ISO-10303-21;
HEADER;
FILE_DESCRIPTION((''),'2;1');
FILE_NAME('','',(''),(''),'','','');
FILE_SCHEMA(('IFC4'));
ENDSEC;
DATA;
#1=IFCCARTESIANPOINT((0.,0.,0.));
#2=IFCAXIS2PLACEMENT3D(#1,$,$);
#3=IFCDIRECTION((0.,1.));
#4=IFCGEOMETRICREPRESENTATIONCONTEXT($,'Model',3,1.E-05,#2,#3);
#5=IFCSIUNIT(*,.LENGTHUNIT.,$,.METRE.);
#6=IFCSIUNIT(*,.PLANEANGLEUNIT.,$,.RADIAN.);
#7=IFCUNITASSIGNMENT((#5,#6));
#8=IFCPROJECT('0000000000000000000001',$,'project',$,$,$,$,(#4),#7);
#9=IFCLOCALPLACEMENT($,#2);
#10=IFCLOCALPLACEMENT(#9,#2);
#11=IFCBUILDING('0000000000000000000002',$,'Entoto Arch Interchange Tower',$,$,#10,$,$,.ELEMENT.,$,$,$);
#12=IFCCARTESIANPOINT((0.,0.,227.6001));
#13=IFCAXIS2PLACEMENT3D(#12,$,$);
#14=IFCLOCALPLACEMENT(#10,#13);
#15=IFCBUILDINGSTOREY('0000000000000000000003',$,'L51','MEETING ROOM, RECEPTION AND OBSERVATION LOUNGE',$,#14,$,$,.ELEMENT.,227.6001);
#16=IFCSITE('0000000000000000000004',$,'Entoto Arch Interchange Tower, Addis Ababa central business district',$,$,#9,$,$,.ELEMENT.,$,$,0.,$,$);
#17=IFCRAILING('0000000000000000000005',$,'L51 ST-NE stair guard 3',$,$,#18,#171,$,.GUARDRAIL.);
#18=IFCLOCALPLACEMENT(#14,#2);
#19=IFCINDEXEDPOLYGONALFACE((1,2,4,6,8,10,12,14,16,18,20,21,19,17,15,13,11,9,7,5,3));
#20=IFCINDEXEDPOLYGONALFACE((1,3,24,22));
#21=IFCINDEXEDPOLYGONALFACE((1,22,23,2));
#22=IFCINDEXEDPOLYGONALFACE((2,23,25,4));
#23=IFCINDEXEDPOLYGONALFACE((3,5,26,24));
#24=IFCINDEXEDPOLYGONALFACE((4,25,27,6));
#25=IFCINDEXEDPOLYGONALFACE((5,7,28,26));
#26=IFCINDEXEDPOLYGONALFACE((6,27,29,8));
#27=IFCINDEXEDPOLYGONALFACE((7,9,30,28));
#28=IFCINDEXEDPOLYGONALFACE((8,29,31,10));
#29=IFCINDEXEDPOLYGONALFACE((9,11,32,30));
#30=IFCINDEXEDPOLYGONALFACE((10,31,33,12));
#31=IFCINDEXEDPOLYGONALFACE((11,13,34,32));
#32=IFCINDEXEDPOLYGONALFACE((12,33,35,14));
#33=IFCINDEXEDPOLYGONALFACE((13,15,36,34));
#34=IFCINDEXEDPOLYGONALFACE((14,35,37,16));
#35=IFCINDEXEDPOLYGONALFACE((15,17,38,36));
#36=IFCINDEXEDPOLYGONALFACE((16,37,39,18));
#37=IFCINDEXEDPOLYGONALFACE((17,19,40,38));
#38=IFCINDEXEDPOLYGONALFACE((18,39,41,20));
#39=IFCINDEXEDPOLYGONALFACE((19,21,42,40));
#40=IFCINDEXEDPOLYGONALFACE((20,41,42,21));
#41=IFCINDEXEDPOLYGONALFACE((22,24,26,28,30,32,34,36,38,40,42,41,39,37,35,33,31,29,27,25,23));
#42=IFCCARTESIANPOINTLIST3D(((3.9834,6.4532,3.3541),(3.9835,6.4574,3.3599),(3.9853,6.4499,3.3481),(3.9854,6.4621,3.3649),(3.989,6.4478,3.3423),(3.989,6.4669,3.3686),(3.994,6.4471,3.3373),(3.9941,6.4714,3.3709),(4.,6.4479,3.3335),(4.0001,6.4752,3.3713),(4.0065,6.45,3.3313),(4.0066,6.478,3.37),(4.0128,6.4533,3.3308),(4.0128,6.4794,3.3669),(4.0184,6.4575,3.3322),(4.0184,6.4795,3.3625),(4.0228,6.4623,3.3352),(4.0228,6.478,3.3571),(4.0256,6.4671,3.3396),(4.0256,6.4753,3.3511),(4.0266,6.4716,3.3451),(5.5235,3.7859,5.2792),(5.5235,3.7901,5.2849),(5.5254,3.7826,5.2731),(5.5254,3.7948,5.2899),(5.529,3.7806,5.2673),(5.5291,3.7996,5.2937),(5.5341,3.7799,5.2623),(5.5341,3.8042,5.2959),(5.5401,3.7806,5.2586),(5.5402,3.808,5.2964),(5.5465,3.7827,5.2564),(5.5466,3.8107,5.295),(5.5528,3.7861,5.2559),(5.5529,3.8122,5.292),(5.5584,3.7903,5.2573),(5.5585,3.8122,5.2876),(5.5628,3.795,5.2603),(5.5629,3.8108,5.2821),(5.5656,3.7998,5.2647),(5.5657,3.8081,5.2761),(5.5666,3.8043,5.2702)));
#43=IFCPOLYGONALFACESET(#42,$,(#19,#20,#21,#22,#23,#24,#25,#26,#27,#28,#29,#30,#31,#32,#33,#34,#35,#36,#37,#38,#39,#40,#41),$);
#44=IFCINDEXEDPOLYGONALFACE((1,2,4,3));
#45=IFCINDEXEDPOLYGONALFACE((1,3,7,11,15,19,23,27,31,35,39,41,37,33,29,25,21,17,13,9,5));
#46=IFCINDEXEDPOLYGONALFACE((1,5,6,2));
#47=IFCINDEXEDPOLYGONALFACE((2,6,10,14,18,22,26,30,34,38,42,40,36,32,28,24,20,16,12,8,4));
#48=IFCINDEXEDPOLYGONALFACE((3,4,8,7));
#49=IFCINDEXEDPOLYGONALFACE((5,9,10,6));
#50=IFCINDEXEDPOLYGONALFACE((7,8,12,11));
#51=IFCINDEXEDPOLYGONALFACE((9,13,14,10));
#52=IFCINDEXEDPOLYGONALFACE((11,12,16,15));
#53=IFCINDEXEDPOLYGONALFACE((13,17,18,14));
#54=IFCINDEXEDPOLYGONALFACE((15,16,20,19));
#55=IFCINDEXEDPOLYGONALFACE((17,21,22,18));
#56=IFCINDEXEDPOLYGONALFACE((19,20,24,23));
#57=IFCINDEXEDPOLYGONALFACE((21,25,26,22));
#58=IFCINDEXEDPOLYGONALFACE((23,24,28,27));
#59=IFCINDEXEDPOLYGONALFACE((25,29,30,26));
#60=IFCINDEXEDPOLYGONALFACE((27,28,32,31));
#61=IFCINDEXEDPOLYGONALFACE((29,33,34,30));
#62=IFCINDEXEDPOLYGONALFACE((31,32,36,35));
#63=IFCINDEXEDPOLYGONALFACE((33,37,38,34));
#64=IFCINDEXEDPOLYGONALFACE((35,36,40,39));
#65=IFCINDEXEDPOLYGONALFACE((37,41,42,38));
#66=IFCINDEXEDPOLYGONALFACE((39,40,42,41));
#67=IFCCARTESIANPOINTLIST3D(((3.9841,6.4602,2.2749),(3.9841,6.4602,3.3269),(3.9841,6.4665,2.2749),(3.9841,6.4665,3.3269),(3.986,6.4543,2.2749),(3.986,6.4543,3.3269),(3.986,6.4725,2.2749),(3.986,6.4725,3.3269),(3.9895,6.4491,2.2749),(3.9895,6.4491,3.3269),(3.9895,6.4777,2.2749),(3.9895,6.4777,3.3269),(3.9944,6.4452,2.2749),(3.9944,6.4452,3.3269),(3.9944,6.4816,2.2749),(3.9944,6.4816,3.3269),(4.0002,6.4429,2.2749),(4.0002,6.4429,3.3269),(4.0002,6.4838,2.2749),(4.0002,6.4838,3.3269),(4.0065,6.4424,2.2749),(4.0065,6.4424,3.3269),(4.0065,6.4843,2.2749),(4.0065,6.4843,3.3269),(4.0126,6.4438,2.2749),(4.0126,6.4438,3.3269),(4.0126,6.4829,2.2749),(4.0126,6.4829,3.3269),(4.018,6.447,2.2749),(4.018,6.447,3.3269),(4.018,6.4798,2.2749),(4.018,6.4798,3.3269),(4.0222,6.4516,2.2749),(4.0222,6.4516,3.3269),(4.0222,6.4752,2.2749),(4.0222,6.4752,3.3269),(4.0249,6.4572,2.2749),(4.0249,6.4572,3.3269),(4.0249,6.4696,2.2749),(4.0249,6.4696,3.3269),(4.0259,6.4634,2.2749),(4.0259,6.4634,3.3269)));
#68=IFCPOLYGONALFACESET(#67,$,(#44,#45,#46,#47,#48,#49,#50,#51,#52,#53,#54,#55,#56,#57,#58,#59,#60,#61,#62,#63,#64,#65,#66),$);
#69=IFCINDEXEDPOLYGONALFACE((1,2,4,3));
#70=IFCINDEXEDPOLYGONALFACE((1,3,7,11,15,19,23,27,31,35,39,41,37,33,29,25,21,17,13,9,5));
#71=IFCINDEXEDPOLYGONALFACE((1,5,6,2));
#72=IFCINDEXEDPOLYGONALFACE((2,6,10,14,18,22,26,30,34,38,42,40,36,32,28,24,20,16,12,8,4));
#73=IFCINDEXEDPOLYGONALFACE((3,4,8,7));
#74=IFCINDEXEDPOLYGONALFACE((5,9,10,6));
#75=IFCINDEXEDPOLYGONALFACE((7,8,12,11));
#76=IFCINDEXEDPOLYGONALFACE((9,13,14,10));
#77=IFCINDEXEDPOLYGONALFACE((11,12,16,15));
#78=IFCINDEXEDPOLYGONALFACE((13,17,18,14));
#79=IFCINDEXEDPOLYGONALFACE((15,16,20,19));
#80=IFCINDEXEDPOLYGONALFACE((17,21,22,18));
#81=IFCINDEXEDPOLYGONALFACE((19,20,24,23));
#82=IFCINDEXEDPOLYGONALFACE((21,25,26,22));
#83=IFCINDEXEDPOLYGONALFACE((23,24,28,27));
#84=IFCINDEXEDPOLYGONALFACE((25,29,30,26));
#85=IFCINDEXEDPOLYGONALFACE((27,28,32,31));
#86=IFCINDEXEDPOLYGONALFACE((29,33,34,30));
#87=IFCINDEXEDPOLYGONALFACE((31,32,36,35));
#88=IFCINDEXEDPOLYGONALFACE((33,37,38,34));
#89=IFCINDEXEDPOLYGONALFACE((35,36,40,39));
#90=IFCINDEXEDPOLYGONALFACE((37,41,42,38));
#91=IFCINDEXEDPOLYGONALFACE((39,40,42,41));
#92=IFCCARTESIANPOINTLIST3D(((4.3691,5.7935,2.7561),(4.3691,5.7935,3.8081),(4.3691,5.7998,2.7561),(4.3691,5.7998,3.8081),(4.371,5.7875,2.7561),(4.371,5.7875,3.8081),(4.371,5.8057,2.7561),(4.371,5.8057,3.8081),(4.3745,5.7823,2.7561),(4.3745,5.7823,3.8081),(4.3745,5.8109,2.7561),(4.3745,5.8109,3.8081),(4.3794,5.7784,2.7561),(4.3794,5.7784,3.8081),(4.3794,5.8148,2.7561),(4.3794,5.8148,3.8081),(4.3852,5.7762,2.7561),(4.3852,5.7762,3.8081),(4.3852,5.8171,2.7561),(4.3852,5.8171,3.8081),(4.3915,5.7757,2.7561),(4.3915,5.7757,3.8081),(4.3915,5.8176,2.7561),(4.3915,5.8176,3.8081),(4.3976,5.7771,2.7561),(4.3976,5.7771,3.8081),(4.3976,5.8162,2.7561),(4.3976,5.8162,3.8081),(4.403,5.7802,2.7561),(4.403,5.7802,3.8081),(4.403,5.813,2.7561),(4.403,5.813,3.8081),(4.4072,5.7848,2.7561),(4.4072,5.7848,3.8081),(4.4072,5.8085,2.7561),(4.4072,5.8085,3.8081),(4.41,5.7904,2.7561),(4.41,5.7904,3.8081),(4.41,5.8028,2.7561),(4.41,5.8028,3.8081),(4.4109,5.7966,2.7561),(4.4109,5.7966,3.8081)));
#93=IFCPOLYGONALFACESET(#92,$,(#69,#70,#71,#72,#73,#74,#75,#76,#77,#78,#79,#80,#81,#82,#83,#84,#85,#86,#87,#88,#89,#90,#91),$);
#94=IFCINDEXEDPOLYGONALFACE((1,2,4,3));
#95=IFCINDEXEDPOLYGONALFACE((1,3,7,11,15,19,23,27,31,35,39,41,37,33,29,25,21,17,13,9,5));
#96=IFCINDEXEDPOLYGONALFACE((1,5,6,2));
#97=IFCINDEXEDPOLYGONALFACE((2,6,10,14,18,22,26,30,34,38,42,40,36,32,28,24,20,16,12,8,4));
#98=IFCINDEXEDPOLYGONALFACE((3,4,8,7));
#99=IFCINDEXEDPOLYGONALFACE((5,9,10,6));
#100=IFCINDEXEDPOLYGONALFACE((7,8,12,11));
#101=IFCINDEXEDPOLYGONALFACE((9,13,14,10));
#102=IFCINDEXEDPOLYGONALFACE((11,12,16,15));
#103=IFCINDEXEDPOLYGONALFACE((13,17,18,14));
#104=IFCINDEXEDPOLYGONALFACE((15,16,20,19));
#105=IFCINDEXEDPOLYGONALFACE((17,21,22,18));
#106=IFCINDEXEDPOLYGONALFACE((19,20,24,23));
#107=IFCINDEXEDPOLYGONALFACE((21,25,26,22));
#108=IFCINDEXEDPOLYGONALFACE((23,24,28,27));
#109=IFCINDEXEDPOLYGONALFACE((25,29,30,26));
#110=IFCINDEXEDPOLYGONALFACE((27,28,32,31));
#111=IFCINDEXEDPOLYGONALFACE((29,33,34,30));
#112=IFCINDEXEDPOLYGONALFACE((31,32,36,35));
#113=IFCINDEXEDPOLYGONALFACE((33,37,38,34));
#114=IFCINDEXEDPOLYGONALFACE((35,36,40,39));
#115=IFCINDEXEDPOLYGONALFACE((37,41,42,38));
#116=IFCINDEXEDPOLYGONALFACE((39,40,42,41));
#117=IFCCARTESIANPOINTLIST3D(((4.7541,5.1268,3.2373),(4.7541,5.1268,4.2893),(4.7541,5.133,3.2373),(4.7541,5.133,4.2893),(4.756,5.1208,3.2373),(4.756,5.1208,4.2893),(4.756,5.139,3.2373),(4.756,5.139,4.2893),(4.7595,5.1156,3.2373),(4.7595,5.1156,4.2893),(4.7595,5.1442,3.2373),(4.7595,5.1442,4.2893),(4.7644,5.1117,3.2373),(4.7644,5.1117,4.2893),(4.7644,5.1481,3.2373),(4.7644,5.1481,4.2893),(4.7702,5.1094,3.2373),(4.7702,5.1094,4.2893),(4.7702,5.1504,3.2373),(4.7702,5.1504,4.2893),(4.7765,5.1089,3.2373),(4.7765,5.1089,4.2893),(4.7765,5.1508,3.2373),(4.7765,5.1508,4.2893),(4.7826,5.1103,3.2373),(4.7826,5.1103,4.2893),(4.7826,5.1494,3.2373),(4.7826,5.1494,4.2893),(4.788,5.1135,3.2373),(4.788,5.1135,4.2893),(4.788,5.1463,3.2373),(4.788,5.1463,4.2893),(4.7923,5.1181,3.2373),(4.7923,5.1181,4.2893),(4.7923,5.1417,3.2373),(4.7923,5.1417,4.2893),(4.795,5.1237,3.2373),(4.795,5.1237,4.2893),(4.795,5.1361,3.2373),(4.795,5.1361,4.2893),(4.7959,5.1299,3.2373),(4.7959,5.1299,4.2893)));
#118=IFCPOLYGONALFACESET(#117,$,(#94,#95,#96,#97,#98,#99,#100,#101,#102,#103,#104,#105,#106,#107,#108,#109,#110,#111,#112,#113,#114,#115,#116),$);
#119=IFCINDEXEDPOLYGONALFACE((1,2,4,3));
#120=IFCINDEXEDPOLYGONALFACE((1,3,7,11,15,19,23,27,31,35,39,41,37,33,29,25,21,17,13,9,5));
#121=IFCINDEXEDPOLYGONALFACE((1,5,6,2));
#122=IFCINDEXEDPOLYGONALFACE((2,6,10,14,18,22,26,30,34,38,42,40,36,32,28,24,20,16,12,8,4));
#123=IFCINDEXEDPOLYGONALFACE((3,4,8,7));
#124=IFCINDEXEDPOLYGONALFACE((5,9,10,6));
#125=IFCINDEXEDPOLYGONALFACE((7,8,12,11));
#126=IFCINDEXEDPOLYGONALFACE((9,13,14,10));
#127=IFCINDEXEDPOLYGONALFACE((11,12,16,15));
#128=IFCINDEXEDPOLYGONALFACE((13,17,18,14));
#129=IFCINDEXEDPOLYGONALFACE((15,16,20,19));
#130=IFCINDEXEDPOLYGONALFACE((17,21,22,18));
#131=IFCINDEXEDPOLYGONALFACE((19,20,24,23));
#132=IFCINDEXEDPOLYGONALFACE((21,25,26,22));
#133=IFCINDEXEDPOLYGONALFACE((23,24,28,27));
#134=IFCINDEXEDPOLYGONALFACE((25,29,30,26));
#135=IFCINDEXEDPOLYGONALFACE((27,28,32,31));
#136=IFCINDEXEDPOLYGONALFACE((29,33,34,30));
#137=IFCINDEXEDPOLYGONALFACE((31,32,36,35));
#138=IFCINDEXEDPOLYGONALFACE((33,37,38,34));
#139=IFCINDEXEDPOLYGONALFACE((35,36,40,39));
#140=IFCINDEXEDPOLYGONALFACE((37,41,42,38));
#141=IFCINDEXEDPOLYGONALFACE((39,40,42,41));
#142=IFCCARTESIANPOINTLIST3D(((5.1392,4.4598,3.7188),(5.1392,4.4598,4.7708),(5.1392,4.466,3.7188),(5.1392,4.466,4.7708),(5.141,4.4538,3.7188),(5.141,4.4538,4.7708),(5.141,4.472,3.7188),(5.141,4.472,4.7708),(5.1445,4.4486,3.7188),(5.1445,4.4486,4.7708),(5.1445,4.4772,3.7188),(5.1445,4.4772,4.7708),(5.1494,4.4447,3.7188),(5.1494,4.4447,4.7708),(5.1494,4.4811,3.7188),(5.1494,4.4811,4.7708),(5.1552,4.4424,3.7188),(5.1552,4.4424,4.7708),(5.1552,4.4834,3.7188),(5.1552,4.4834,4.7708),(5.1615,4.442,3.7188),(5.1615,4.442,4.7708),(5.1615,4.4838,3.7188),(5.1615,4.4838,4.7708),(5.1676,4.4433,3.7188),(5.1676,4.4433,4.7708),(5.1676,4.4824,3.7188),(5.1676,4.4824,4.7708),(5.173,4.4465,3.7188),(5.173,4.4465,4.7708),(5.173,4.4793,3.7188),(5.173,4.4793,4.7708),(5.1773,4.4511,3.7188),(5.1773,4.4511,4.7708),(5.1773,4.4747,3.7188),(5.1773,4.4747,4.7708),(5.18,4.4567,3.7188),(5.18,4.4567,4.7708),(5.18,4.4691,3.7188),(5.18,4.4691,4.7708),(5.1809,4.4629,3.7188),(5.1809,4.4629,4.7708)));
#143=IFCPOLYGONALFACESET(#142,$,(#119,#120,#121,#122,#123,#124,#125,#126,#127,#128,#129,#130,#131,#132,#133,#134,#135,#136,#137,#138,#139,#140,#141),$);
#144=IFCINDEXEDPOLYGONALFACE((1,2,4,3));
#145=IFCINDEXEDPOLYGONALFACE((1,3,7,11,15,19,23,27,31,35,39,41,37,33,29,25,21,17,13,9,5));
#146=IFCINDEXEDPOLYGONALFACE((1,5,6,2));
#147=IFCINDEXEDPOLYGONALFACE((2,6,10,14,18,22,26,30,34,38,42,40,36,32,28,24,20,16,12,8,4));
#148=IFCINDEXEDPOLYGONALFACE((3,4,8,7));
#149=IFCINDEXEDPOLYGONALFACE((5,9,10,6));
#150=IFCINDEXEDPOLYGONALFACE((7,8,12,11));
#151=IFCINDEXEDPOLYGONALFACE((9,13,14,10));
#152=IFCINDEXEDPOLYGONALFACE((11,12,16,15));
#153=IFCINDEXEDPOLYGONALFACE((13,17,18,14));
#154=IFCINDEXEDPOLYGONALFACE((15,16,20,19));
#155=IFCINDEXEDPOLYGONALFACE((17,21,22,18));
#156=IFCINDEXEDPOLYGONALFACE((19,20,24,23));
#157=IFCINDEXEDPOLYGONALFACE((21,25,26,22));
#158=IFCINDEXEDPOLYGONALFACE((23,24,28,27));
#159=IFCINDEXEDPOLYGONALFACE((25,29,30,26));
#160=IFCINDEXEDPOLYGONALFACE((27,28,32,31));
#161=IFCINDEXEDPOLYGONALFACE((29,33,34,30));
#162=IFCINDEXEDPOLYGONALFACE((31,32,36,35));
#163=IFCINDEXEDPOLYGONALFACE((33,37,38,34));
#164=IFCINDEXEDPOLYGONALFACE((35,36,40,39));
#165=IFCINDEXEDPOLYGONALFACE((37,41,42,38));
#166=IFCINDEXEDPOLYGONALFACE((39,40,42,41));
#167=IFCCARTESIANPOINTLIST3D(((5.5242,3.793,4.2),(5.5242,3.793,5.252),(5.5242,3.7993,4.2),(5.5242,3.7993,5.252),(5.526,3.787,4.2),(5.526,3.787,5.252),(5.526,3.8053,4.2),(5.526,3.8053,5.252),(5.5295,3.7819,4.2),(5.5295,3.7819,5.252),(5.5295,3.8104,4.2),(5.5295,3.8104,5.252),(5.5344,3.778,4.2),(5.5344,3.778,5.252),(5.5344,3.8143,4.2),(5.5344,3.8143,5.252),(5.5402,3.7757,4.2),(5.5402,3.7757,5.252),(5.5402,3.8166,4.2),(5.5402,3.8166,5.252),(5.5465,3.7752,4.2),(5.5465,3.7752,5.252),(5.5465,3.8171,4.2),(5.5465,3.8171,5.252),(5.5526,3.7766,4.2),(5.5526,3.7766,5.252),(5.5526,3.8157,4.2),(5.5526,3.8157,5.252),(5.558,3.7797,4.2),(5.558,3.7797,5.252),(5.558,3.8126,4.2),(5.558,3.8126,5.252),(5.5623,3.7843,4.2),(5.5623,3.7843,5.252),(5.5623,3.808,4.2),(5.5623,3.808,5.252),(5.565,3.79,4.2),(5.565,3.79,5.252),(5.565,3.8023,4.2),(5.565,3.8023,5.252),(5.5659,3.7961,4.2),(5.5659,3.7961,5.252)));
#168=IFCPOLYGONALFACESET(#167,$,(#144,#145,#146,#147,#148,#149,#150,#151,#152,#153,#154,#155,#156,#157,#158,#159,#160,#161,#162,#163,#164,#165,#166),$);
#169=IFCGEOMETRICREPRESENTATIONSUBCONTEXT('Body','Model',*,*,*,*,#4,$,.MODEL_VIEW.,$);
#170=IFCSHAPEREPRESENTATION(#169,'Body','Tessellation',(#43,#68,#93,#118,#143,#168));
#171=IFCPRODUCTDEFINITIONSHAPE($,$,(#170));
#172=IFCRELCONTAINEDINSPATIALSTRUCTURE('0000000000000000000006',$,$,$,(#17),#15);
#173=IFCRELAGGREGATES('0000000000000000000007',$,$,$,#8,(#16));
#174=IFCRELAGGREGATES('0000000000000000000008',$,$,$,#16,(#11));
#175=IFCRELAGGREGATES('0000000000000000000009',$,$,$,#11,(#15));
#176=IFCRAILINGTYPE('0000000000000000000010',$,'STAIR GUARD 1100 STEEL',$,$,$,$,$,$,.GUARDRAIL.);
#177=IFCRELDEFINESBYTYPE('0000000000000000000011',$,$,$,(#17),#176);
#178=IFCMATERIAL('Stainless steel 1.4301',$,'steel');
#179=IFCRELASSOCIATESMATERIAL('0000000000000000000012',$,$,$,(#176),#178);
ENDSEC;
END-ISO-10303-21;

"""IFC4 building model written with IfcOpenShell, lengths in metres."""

from ifc_helpers import new_model, si_unit, direction, frame, origin, origin_2d, place, context, subcontext, project, spatial, circle, extrude, material, type_object, element, save


model = new_model("IFC4")

# Units and contexts
model_context = context("Model", 3, precision=1e-05, world=origin(), true_north=direction((0.0, 1.0)))
body_context = subcontext(model_context, "Body", "Model", "MODEL_VIEW")
ifc_project = project(units=[si_unit("LENGTHUNIT", "METRE"), si_unit("PLANEANGLEUNIT", "RADIAN")], contexts=[model_context])

# Site, building, storey
site_placement = place(None, origin())
site = spatial("IfcSite", under=ifc_project, at=site_placement, Name="Entoto Arch Interchange Tower, Addis Ababa central business district", CompositionType="ELEMENT", RefElevation=0.0)
building_placement = place(site_placement, origin())
building = spatial("IfcBuilding", under=site, at=building_placement, Name="Entoto Arch Interchange Tower", CompositionType="ELEMENT")
storey_placement = place(building_placement, frame((0.0, 0.0, 227.6001)))
storey = spatial("IfcBuildingStorey", under=building, at=storey_placement, Name="L51", Description="MEETING ROOM, RECEPTION AND OBSERVATION LOUNGE", CompositionType="ELEMENT", Elevation=227.6001)

# Railing
ifc_material_1 = material(Name="Stainless steel 1.4301", Category="steel")
railing_type_1 = type_object("IfcRailingType", Name="STAIR GUARD 1100 STEEL", PredefinedType="GUARDRAIL", material=ifc_material_1)
railing_1_placement = place(storey_placement, frame((4.0049, 6.4634, 2.2749)))
element("IfcRailing", 1, at=railing_1_placement, inside=storey, type_object=railing_type_1, Name="L51 ST-NE stair guard 3", PredefinedType="GUARDRAIL", context=body_context, shape_type="SweptSolid", body=[
    extrude(circle(Radius=0.0239, at=origin_2d()), frame((0.0, 0.0, 1.0762), z_axis=(0.424015, -0.734364, 0.530019), x_axis=(0.86601, 0.500027, 0.0)), (0.0, 0.0, 1.0), 3.6321),
    extrude(circle(Radius=0.021, at=origin_2d()), origin(), (0.0, 0.0, 1.0), 1.052),
    extrude(circle(Radius=0.021, at=origin_2d()), frame((0.385, -0.6667, 0.4812)), (0.0, 0.0, 1.0), 1.052),
    extrude(circle(Radius=0.021, at=origin_2d()), frame((0.77, -1.3335, 0.9624)), (0.0, 0.0, 1.0), 1.052),
    extrude(circle(Radius=0.021, at=origin_2d()), frame((1.155, -2.0005, 1.4438)), (0.0, 0.0, 1.0), 1.052),
    extrude(circle(Radius=0.021, at=origin_2d()), frame((1.54, -2.6672, 1.925)), (0.0, 0.0, 1.0), 1.052),
])

save(model, "model.ifc")
